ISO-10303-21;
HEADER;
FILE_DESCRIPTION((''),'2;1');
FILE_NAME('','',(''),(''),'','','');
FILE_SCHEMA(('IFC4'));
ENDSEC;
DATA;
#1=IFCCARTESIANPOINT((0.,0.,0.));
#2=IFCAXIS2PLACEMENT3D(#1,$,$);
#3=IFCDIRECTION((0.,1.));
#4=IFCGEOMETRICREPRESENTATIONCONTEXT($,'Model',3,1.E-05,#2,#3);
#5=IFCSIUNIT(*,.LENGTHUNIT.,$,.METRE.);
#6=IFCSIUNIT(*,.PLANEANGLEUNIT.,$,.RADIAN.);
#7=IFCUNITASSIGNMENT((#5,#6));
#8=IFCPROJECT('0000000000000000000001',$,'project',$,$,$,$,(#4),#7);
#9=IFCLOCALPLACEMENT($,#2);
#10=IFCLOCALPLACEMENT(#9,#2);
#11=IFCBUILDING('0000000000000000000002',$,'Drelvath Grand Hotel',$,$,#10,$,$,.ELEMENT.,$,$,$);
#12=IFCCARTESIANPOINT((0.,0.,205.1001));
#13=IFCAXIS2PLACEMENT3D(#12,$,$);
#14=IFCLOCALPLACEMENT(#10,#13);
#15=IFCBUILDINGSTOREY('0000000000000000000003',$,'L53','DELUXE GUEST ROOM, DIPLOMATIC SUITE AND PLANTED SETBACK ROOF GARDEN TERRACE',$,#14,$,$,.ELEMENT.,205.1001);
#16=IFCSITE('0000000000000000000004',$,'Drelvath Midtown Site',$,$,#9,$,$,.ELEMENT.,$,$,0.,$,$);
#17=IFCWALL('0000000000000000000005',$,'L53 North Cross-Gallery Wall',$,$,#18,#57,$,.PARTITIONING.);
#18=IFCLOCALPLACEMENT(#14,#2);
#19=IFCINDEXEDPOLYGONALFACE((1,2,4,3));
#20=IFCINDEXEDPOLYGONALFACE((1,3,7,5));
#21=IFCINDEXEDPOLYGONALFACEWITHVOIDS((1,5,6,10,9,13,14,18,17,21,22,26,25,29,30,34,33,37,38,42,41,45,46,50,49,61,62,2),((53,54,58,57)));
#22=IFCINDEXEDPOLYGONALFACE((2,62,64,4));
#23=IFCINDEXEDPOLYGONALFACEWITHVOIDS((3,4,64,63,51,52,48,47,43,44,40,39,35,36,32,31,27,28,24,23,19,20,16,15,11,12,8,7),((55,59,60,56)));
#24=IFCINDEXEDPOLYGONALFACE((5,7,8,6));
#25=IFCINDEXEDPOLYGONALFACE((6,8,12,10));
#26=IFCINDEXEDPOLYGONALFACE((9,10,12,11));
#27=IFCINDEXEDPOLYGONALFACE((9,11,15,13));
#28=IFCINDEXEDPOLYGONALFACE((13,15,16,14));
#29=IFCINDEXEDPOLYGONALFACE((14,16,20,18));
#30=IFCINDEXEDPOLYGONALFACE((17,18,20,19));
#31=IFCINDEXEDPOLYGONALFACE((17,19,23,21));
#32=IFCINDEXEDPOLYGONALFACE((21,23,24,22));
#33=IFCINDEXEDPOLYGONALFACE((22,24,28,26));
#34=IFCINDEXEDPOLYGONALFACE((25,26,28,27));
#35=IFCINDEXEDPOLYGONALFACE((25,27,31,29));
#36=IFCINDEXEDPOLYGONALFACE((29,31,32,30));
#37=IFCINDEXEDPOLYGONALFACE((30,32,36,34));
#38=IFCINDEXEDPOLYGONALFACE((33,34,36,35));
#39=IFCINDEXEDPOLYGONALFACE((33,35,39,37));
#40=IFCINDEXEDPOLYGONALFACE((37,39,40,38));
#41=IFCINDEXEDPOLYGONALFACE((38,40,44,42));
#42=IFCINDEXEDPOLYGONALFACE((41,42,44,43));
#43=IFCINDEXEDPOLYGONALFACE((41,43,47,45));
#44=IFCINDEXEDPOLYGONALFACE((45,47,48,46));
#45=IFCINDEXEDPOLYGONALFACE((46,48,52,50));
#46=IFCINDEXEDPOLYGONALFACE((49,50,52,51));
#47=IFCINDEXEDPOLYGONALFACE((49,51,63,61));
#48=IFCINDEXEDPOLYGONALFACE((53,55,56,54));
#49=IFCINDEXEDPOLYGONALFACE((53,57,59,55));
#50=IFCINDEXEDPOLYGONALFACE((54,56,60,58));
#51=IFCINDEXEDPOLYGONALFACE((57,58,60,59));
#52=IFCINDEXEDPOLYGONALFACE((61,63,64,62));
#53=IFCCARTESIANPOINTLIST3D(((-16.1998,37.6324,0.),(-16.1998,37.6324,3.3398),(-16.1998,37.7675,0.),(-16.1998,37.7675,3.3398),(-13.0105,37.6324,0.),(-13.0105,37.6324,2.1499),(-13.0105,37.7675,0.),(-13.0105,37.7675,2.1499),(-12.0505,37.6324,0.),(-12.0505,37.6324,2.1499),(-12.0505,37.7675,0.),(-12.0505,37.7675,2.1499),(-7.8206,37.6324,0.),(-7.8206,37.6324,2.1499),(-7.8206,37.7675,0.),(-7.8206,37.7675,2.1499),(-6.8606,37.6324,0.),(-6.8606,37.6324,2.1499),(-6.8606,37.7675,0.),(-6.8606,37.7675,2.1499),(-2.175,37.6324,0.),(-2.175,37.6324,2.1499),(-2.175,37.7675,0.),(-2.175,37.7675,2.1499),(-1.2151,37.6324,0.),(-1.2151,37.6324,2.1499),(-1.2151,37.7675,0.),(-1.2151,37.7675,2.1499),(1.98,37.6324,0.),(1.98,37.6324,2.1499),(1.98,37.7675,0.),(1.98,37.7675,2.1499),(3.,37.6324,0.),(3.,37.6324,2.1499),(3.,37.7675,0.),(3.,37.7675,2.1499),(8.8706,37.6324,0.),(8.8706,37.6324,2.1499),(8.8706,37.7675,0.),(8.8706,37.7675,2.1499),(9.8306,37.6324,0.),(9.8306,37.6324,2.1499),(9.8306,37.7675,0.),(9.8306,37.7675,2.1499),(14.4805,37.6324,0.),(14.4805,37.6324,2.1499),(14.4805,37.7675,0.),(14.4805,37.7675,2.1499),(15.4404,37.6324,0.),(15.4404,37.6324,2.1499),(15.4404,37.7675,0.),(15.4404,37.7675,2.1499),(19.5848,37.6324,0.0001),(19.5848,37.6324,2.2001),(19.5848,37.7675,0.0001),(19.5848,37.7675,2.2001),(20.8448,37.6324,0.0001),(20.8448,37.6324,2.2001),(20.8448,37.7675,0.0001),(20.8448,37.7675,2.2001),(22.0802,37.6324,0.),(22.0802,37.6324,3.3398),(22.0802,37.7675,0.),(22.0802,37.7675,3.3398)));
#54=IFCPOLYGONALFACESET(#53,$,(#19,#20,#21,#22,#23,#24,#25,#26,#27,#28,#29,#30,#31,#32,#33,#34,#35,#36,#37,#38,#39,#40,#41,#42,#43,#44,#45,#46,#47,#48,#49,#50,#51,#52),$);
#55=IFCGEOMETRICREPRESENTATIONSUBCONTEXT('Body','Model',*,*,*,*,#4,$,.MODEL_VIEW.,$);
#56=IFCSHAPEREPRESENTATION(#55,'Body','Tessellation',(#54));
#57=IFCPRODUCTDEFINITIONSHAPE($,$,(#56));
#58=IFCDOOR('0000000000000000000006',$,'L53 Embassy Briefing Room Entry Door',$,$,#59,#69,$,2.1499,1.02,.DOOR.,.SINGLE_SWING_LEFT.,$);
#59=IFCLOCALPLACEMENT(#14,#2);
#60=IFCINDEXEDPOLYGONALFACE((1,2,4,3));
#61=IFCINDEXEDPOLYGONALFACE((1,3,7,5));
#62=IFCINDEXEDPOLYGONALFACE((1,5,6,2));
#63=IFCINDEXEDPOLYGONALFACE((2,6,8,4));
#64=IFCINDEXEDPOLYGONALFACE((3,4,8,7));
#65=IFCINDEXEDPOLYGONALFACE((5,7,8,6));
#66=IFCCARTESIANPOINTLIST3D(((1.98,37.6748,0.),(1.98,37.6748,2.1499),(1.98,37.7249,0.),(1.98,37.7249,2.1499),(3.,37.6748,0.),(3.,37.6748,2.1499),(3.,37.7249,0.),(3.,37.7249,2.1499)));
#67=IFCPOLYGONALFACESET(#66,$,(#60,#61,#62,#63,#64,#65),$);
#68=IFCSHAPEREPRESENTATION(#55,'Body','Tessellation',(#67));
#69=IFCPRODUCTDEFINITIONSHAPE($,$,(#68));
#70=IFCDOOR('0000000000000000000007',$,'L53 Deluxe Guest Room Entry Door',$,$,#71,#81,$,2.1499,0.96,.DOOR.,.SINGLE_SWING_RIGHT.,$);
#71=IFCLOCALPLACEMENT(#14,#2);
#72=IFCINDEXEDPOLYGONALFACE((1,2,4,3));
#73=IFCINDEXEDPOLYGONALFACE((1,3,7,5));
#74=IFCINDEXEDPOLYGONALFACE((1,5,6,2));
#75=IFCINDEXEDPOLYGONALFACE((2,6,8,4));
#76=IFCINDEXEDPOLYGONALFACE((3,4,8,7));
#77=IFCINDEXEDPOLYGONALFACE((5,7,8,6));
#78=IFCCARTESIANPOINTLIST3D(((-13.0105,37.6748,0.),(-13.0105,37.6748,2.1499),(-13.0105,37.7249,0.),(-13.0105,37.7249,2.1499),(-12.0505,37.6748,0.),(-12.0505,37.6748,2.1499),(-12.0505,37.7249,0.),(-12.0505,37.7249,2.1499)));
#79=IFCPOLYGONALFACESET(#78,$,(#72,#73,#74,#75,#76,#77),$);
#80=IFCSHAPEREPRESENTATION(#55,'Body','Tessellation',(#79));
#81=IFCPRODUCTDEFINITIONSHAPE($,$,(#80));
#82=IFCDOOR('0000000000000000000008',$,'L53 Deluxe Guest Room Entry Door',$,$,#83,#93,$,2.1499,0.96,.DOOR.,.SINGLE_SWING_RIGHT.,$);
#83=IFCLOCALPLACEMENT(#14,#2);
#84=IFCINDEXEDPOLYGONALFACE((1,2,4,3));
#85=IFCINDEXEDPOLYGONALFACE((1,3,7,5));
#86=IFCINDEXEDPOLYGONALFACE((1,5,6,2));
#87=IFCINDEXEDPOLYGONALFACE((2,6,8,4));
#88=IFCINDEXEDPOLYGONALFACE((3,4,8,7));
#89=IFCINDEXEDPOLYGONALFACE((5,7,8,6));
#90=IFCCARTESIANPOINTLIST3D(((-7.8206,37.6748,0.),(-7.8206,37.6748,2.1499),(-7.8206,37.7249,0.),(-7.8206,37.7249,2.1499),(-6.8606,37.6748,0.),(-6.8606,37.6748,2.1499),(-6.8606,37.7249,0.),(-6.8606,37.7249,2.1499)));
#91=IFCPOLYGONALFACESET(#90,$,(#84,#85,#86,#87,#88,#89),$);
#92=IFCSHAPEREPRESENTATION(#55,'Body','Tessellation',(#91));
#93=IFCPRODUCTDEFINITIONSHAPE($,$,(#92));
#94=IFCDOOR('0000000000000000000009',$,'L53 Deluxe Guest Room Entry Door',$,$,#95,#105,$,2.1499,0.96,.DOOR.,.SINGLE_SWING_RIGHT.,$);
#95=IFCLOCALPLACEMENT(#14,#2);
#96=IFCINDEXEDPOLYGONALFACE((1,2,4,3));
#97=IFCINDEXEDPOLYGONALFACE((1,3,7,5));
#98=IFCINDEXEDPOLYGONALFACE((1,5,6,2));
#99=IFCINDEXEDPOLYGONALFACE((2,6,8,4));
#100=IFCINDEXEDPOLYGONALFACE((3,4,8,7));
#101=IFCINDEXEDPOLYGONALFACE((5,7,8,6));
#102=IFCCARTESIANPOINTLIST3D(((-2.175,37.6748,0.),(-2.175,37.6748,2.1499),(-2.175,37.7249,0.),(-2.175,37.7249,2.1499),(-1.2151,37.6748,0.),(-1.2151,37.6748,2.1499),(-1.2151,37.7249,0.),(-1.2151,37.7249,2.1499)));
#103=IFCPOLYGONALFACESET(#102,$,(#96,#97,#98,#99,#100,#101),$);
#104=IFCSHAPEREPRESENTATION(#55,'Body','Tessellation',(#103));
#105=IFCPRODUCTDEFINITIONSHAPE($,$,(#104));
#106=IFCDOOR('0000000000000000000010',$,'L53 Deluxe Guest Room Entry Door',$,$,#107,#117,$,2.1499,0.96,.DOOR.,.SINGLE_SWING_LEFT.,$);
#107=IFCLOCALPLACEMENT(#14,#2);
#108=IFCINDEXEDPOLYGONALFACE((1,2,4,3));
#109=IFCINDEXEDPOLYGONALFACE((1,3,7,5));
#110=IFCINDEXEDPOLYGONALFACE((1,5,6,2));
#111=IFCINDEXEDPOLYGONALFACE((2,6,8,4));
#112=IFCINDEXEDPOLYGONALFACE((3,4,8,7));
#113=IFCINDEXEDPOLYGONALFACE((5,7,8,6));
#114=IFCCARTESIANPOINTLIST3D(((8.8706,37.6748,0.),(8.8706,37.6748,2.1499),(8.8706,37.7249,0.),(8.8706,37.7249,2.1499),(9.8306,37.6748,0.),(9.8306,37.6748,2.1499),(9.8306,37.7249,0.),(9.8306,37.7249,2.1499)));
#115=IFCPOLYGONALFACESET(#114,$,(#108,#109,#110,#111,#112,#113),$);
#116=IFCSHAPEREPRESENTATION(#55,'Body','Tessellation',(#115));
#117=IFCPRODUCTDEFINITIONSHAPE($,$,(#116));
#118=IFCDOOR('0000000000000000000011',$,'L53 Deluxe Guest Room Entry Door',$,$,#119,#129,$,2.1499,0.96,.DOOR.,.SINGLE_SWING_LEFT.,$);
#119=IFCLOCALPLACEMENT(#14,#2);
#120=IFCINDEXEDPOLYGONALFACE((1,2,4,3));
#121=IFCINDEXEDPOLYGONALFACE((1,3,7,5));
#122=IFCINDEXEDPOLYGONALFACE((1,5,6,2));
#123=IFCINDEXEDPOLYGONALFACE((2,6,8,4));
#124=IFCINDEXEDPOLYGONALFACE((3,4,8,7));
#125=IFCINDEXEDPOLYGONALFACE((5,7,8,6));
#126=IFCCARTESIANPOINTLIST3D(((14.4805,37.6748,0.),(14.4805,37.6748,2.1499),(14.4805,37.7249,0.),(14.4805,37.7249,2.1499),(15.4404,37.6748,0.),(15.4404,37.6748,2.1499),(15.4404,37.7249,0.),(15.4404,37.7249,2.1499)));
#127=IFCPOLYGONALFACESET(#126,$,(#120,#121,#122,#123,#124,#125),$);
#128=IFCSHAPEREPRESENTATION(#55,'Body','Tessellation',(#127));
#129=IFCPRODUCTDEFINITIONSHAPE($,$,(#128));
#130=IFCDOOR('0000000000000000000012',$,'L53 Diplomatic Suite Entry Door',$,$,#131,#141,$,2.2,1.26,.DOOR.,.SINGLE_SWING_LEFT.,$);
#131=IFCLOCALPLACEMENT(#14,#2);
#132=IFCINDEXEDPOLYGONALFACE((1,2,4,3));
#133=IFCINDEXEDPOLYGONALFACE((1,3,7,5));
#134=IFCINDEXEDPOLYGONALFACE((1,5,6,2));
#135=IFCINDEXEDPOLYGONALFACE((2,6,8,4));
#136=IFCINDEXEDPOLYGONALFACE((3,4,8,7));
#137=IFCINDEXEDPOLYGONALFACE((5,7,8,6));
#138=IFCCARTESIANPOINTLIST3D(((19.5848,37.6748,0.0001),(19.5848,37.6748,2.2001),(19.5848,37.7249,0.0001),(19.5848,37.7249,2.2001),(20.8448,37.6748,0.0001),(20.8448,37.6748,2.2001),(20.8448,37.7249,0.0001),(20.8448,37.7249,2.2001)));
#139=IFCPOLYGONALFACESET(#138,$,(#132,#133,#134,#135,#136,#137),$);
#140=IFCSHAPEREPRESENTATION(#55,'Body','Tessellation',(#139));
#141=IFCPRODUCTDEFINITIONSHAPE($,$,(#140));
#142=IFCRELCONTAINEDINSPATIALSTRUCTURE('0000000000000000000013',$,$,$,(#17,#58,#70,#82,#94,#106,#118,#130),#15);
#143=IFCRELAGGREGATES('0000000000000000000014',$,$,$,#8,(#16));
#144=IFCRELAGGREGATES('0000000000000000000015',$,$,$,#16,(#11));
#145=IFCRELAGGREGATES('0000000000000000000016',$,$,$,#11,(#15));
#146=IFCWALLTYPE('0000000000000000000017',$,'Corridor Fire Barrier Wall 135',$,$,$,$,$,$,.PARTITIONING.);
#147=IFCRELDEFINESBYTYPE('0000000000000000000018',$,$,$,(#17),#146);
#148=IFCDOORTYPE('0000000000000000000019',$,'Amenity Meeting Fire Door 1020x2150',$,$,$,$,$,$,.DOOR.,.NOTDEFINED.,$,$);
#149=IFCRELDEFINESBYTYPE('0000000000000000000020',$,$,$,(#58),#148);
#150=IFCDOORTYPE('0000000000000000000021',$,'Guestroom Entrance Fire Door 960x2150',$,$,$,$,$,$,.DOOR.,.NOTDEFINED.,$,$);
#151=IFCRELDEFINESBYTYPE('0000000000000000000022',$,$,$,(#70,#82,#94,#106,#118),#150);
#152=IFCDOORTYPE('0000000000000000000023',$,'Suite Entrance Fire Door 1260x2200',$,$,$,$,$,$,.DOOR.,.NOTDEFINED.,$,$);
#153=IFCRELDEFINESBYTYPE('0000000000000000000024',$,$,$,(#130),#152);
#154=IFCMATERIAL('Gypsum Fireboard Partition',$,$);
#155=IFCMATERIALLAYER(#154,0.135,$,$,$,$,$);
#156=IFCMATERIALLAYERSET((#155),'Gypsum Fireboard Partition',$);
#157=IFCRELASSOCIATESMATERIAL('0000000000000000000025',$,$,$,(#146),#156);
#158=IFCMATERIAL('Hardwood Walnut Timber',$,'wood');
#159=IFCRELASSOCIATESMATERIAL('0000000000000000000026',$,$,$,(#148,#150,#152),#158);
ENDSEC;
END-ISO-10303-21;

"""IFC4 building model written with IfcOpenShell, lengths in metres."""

from ifc_helpers import new_model, si_unit, direction, frame, frame_2d, origin, place, context, subcontext, project, spatial, rectangle, extrude, material, layer, layer_set, type_object, element, fill, save


model = new_model("IFC4")

# Units and contexts
model_context = context("Model", 3, precision=1e-05, world=origin(), true_north=direction((0.0, 1.0)))
body_context = subcontext(model_context, "Body", "Model", "MODEL_VIEW")
ifc_project = project(units=[si_unit("LENGTHUNIT", "METRE"), si_unit("PLANEANGLEUNIT", "RADIAN")], contexts=[model_context])

# Site, building, storey
site_placement = place(None, origin())
site = spatial("IfcSite", under=ifc_project, at=site_placement, Name="Drelvath Midtown Site", CompositionType="ELEMENT", RefElevation=0.0)
building_placement = place(site_placement, origin())
building = spatial("IfcBuilding", under=site, at=building_placement, Name="Drelvath Grand Hotel", CompositionType="ELEMENT")
storey_placement = place(building_placement, frame((0.0, 0.0, 205.1001)))
storey = spatial("IfcBuildingStorey", under=building, at=storey_placement, Name="L53", Description="DELUXE GUEST ROOM, DIPLOMATIC SUITE AND PLANTED SETBACK ROOF GARDEN TERRACE", CompositionType="ELEMENT", Elevation=205.1001)

# Wall, openings, doors
ifc_material_1 = material(Name="Gypsum Fireboard Partition")
ifc_layer_1 = layer(ifc_material_1, 0.135)
ifc_layer_set_1 = layer_set([ifc_layer_1], Name="Gypsum Fireboard Partition")
wall_type_1 = type_object("IfcWallType", Name="Corridor Fire Barrier Wall 135", PredefinedType="PARTITIONING", material=ifc_layer_set_1)
wall_1_placement = place(storey_placement, frame((-16.2, 37.7, 0.0), z_axis=(0.0, 0.0, 1.0), x_axis=(1.0, 0.0, 0.0)))
wall_1 = element("IfcWall", 1, at=wall_1_placement, inside=storey, type_object=wall_type_1, Name="L53 North Cross-Gallery Wall", PredefinedType="PARTITIONING", context=body_context, shape_type="SweptSolid", body=[
    extrude(rectangle(XDim=38.28, YDim=0.135, at=frame_2d((19.1401, 0.0))), origin(), (0.0, 0.0, 1.0), 3.3398),
])
opening_1_placement = place(wall_1_placement, frame((35.7849, 0.0, 0.0)))
opening_1 = element("IfcOpeningElement", 2, at=opening_1_placement, cuts=wall_1, PredefinedType="OPENING", context=body_context, shape_type="SweptSolid", body=[
    extrude(rectangle(XDim=1.26, YDim=2.2, at=frame_2d((0.6299, 1.1001))), frame((0.0, 0.0774, 0.0), z_axis=(0.0, -1.0, 0.0), x_axis=(1.0, 0.0, 0.0)), (0.0, 0.0, 1.0), 0.155),
])
opening_2_placement = place(wall_1_placement, frame((3.1895, 0.0, 0.0)))
opening_2 = element("IfcOpeningElement", 3, at=opening_2_placement, cuts=wall_1, PredefinedType="OPENING", context=body_context, shape_type="SweptSolid", body=[
    extrude(rectangle(XDim=0.96, YDim=2.1499, at=frame_2d((0.48, 1.075))), frame((0.0, 0.0774, 0.0), z_axis=(0.0, -1.0, 0.0), x_axis=(1.0, 0.0, 0.0)), (0.0, 0.0, 1.0), 0.155),
])
opening_3_placement = place(wall_1_placement, frame((8.3794, 0.0, 0.0)))
opening_3 = element("IfcOpeningElement", 4, at=opening_3_placement, cuts=wall_1, PredefinedType="OPENING", context=body_context, shape_type="SweptSolid", body=[
    extrude(rectangle(XDim=0.96, YDim=2.1499, at=frame_2d((0.48, 1.075))), frame((0.0, 0.0774, 0.0), z_axis=(0.0, -1.0, 0.0), x_axis=(1.0, 0.0, 0.0)), (0.0, 0.0, 1.0), 0.155),
])
opening_4_placement = place(wall_1_placement, frame((14.0249, 0.0, 0.0)))
opening_4 = element("IfcOpeningElement", 5, at=opening_4_placement, cuts=wall_1, PredefinedType="OPENING", context=body_context, shape_type="SweptSolid", body=[
    extrude(rectangle(XDim=0.96, YDim=2.1499, at=frame_2d((0.48, 1.075))), frame((0.0, 0.0774, 0.0), z_axis=(0.0, -1.0, 0.0), x_axis=(1.0, 0.0, 0.0)), (0.0, 0.0, 1.0), 0.155),
])
opening_5_placement = place(wall_1_placement, frame((18.1799, 0.0, 0.0)))
opening_5 = element("IfcOpeningElement", 6, at=opening_5_placement, cuts=wall_1, PredefinedType="OPENING", context=body_context, shape_type="SweptSolid", body=[
    extrude(rectangle(XDim=1.02, YDim=2.1499, at=frame_2d((0.51, 1.075))), frame((0.0, 0.0774, 0.0), z_axis=(0.0, -1.0, 0.0), x_axis=(1.0, 0.0, 0.0)), (0.0, 0.0, 1.0), 0.155),
])
opening_6_placement = place(wall_1_placement, frame((25.0706, 0.0, 0.0)))
opening_6 = element("IfcOpeningElement", 7, at=opening_6_placement, cuts=wall_1, PredefinedType="OPENING", context=body_context, shape_type="SweptSolid", body=[
    extrude(rectangle(XDim=0.96, YDim=2.1499, at=frame_2d((0.48, 1.075))), frame((0.0, 0.0774, 0.0), z_axis=(0.0, -1.0, 0.0), x_axis=(1.0, 0.0, 0.0)), (0.0, 0.0, 1.0), 0.155),
])
opening_7_placement = place(wall_1_placement, frame((30.6804, 0.0, 0.0)))
opening_7 = element("IfcOpeningElement", 8, at=opening_7_placement, cuts=wall_1, PredefinedType="OPENING", context=body_context, shape_type="SweptSolid", body=[
    extrude(rectangle(XDim=0.96, YDim=2.1499, at=frame_2d((0.48, 1.075))), frame((0.0, 0.0774, 0.0), z_axis=(0.0, -1.0, 0.0), x_axis=(1.0, 0.0, 0.0)), (0.0, 0.0, 1.0), 0.155),
])
ifc_material_2 = material(Name="Hardwood Walnut Timber", Category="wood")
door_type_1 = type_object("IfcDoorType", Name="Amenity Meeting Fire Door 1020x2150", OperationType="NOTDEFINED", PredefinedType="DOOR", material=ifc_material_2)
door_1_placement = place(opening_5_placement, origin())
door_1 = element("IfcDoor", 9, at=door_1_placement, inside=storey, type_object=door_type_1, Name="L53 Embassy Briefing Room Entry Door", OperationType="SINGLE_SWING_LEFT", OverallHeight=2.1499, OverallWidth=1.02, PredefinedType="DOOR", context=body_context, shape_type="SweptSolid", body=[
    extrude(rectangle(XDim=1.02, YDim=2.1499, at=frame_2d((0.51, 1.075))), frame((0.0, 0.0249, 0.0), z_axis=(0.0, -1.0, 0.0), x_axis=(1.0, 0.0, 0.0)), (0.0, 0.0, 1.0), 0.05),
])
fill(opening_5, door_1)
door_type_2 = type_object("IfcDoorType", Name="Guestroom Entrance Fire Door 960x2150", OperationType="NOTDEFINED", PredefinedType="DOOR", material=ifc_material_2)
door_2_placement = place(opening_2_placement, origin())
door_2 = element("IfcDoor", 10, at=door_2_placement, inside=storey, type_object=door_type_2, Name="L53 Deluxe Guest Room Entry Door", OperationType="SINGLE_SWING_RIGHT", OverallHeight=2.1499, OverallWidth=0.96, PredefinedType="DOOR", context=body_context, shape_type="SweptSolid", body=[
    extrude(rectangle(XDim=0.96, YDim=2.1499, at=frame_2d((0.48, 1.075))), frame((0.0, 0.0249, 0.0), z_axis=(0.0, -1.0, 0.0), x_axis=(1.0, 0.0, 0.0)), (0.0, 0.0, 1.0), 0.05),
])
fill(opening_2, door_2)
door_3_placement = place(opening_3_placement, origin())
door_3 = element("IfcDoor", 11, at=door_3_placement, inside=storey, type_object=door_type_2, Name="L53 Deluxe Guest Room Entry Door", OperationType="SINGLE_SWING_RIGHT", OverallHeight=2.1499, OverallWidth=0.96, PredefinedType="DOOR", context=body_context, shape_type="SweptSolid", body=[
    extrude(rectangle(XDim=0.96, YDim=2.1499, at=frame_2d((0.48, 1.075))), frame((0.0, 0.0249, 0.0), z_axis=(0.0, -1.0, 0.0), x_axis=(1.0, 0.0, 0.0)), (0.0, 0.0, 1.0), 0.05),
])
fill(opening_3, door_3)
door_4_placement = place(opening_4_placement, origin())
door_4 = element("IfcDoor", 12, at=door_4_placement, inside=storey, type_object=door_type_2, Name="L53 Deluxe Guest Room Entry Door", OperationType="SINGLE_SWING_RIGHT", OverallHeight=2.1499, OverallWidth=0.96, PredefinedType="DOOR", context=body_context, shape_type="SweptSolid", body=[
    extrude(rectangle(XDim=0.96, YDim=2.1499, at=frame_2d((0.48, 1.075))), frame((0.0, 0.0249, 0.0), z_axis=(0.0, -1.0, 0.0), x_axis=(1.0, 0.0, 0.0)), (0.0, 0.0, 1.0), 0.05),
])
fill(opening_4, door_4)
door_5_placement = place(opening_6_placement, origin())
door_5 = element("IfcDoor", 13, at=door_5_placement, inside=storey, type_object=door_type_2, Name="L53 Deluxe Guest Room Entry Door", OperationType="SINGLE_SWING_LEFT", OverallHeight=2.1499, OverallWidth=0.96, PredefinedType="DOOR", context=body_context, shape_type="SweptSolid", body=[
    extrude(rectangle(XDim=0.96, YDim=2.1499, at=frame_2d((0.48, 1.075))), frame((0.0, 0.0249, 0.0), z_axis=(0.0, -1.0, 0.0), x_axis=(1.0, 0.0, 0.0)), (0.0, 0.0, 1.0), 0.05),
])
fill(opening_6, door_5)
door_6_placement = place(opening_7_placement, origin())
door_6 = element("IfcDoor", 14, at=door_6_placement, inside=storey, type_object=door_type_2, Name="L53 Deluxe Guest Room Entry Door", OperationType="SINGLE_SWING_LEFT", OverallHeight=2.1499, OverallWidth=0.96, PredefinedType="DOOR", context=body_context, shape_type="SweptSolid", body=[
    extrude(rectangle(XDim=0.96, YDim=2.1499, at=frame_2d((0.48, 1.075))), frame((0.0, 0.0249, 0.0), z_axis=(0.0, -1.0, 0.0), x_axis=(1.0, 0.0, 0.0)), (0.0, 0.0, 1.0), 0.05),
])
fill(opening_7, door_6)
door_type_3 = type_object("IfcDoorType", Name="Suite Entrance Fire Door 1260x2200", OperationType="NOTDEFINED", PredefinedType="DOOR", material=ifc_material_2)
door_7_placement = place(opening_1_placement, origin())
door_7 = element("IfcDoor", 15, at=door_7_placement, inside=storey, type_object=door_type_3, Name="L53 Diplomatic Suite Entry Door", OperationType="SINGLE_SWING_LEFT", OverallHeight=2.2, OverallWidth=1.26, PredefinedType="DOOR", context=body_context, shape_type="SweptSolid", body=[
    extrude(rectangle(XDim=1.26, YDim=2.2, at=frame_2d((0.6299, 1.1001))), frame((0.0, 0.0249, 0.0), z_axis=(0.0, -1.0, 0.0), x_axis=(1.0, 0.0, 0.0)), (0.0, 0.0, 1.0), 0.05),
])
fill(opening_1, door_7)

save(model, "model.ifc")
